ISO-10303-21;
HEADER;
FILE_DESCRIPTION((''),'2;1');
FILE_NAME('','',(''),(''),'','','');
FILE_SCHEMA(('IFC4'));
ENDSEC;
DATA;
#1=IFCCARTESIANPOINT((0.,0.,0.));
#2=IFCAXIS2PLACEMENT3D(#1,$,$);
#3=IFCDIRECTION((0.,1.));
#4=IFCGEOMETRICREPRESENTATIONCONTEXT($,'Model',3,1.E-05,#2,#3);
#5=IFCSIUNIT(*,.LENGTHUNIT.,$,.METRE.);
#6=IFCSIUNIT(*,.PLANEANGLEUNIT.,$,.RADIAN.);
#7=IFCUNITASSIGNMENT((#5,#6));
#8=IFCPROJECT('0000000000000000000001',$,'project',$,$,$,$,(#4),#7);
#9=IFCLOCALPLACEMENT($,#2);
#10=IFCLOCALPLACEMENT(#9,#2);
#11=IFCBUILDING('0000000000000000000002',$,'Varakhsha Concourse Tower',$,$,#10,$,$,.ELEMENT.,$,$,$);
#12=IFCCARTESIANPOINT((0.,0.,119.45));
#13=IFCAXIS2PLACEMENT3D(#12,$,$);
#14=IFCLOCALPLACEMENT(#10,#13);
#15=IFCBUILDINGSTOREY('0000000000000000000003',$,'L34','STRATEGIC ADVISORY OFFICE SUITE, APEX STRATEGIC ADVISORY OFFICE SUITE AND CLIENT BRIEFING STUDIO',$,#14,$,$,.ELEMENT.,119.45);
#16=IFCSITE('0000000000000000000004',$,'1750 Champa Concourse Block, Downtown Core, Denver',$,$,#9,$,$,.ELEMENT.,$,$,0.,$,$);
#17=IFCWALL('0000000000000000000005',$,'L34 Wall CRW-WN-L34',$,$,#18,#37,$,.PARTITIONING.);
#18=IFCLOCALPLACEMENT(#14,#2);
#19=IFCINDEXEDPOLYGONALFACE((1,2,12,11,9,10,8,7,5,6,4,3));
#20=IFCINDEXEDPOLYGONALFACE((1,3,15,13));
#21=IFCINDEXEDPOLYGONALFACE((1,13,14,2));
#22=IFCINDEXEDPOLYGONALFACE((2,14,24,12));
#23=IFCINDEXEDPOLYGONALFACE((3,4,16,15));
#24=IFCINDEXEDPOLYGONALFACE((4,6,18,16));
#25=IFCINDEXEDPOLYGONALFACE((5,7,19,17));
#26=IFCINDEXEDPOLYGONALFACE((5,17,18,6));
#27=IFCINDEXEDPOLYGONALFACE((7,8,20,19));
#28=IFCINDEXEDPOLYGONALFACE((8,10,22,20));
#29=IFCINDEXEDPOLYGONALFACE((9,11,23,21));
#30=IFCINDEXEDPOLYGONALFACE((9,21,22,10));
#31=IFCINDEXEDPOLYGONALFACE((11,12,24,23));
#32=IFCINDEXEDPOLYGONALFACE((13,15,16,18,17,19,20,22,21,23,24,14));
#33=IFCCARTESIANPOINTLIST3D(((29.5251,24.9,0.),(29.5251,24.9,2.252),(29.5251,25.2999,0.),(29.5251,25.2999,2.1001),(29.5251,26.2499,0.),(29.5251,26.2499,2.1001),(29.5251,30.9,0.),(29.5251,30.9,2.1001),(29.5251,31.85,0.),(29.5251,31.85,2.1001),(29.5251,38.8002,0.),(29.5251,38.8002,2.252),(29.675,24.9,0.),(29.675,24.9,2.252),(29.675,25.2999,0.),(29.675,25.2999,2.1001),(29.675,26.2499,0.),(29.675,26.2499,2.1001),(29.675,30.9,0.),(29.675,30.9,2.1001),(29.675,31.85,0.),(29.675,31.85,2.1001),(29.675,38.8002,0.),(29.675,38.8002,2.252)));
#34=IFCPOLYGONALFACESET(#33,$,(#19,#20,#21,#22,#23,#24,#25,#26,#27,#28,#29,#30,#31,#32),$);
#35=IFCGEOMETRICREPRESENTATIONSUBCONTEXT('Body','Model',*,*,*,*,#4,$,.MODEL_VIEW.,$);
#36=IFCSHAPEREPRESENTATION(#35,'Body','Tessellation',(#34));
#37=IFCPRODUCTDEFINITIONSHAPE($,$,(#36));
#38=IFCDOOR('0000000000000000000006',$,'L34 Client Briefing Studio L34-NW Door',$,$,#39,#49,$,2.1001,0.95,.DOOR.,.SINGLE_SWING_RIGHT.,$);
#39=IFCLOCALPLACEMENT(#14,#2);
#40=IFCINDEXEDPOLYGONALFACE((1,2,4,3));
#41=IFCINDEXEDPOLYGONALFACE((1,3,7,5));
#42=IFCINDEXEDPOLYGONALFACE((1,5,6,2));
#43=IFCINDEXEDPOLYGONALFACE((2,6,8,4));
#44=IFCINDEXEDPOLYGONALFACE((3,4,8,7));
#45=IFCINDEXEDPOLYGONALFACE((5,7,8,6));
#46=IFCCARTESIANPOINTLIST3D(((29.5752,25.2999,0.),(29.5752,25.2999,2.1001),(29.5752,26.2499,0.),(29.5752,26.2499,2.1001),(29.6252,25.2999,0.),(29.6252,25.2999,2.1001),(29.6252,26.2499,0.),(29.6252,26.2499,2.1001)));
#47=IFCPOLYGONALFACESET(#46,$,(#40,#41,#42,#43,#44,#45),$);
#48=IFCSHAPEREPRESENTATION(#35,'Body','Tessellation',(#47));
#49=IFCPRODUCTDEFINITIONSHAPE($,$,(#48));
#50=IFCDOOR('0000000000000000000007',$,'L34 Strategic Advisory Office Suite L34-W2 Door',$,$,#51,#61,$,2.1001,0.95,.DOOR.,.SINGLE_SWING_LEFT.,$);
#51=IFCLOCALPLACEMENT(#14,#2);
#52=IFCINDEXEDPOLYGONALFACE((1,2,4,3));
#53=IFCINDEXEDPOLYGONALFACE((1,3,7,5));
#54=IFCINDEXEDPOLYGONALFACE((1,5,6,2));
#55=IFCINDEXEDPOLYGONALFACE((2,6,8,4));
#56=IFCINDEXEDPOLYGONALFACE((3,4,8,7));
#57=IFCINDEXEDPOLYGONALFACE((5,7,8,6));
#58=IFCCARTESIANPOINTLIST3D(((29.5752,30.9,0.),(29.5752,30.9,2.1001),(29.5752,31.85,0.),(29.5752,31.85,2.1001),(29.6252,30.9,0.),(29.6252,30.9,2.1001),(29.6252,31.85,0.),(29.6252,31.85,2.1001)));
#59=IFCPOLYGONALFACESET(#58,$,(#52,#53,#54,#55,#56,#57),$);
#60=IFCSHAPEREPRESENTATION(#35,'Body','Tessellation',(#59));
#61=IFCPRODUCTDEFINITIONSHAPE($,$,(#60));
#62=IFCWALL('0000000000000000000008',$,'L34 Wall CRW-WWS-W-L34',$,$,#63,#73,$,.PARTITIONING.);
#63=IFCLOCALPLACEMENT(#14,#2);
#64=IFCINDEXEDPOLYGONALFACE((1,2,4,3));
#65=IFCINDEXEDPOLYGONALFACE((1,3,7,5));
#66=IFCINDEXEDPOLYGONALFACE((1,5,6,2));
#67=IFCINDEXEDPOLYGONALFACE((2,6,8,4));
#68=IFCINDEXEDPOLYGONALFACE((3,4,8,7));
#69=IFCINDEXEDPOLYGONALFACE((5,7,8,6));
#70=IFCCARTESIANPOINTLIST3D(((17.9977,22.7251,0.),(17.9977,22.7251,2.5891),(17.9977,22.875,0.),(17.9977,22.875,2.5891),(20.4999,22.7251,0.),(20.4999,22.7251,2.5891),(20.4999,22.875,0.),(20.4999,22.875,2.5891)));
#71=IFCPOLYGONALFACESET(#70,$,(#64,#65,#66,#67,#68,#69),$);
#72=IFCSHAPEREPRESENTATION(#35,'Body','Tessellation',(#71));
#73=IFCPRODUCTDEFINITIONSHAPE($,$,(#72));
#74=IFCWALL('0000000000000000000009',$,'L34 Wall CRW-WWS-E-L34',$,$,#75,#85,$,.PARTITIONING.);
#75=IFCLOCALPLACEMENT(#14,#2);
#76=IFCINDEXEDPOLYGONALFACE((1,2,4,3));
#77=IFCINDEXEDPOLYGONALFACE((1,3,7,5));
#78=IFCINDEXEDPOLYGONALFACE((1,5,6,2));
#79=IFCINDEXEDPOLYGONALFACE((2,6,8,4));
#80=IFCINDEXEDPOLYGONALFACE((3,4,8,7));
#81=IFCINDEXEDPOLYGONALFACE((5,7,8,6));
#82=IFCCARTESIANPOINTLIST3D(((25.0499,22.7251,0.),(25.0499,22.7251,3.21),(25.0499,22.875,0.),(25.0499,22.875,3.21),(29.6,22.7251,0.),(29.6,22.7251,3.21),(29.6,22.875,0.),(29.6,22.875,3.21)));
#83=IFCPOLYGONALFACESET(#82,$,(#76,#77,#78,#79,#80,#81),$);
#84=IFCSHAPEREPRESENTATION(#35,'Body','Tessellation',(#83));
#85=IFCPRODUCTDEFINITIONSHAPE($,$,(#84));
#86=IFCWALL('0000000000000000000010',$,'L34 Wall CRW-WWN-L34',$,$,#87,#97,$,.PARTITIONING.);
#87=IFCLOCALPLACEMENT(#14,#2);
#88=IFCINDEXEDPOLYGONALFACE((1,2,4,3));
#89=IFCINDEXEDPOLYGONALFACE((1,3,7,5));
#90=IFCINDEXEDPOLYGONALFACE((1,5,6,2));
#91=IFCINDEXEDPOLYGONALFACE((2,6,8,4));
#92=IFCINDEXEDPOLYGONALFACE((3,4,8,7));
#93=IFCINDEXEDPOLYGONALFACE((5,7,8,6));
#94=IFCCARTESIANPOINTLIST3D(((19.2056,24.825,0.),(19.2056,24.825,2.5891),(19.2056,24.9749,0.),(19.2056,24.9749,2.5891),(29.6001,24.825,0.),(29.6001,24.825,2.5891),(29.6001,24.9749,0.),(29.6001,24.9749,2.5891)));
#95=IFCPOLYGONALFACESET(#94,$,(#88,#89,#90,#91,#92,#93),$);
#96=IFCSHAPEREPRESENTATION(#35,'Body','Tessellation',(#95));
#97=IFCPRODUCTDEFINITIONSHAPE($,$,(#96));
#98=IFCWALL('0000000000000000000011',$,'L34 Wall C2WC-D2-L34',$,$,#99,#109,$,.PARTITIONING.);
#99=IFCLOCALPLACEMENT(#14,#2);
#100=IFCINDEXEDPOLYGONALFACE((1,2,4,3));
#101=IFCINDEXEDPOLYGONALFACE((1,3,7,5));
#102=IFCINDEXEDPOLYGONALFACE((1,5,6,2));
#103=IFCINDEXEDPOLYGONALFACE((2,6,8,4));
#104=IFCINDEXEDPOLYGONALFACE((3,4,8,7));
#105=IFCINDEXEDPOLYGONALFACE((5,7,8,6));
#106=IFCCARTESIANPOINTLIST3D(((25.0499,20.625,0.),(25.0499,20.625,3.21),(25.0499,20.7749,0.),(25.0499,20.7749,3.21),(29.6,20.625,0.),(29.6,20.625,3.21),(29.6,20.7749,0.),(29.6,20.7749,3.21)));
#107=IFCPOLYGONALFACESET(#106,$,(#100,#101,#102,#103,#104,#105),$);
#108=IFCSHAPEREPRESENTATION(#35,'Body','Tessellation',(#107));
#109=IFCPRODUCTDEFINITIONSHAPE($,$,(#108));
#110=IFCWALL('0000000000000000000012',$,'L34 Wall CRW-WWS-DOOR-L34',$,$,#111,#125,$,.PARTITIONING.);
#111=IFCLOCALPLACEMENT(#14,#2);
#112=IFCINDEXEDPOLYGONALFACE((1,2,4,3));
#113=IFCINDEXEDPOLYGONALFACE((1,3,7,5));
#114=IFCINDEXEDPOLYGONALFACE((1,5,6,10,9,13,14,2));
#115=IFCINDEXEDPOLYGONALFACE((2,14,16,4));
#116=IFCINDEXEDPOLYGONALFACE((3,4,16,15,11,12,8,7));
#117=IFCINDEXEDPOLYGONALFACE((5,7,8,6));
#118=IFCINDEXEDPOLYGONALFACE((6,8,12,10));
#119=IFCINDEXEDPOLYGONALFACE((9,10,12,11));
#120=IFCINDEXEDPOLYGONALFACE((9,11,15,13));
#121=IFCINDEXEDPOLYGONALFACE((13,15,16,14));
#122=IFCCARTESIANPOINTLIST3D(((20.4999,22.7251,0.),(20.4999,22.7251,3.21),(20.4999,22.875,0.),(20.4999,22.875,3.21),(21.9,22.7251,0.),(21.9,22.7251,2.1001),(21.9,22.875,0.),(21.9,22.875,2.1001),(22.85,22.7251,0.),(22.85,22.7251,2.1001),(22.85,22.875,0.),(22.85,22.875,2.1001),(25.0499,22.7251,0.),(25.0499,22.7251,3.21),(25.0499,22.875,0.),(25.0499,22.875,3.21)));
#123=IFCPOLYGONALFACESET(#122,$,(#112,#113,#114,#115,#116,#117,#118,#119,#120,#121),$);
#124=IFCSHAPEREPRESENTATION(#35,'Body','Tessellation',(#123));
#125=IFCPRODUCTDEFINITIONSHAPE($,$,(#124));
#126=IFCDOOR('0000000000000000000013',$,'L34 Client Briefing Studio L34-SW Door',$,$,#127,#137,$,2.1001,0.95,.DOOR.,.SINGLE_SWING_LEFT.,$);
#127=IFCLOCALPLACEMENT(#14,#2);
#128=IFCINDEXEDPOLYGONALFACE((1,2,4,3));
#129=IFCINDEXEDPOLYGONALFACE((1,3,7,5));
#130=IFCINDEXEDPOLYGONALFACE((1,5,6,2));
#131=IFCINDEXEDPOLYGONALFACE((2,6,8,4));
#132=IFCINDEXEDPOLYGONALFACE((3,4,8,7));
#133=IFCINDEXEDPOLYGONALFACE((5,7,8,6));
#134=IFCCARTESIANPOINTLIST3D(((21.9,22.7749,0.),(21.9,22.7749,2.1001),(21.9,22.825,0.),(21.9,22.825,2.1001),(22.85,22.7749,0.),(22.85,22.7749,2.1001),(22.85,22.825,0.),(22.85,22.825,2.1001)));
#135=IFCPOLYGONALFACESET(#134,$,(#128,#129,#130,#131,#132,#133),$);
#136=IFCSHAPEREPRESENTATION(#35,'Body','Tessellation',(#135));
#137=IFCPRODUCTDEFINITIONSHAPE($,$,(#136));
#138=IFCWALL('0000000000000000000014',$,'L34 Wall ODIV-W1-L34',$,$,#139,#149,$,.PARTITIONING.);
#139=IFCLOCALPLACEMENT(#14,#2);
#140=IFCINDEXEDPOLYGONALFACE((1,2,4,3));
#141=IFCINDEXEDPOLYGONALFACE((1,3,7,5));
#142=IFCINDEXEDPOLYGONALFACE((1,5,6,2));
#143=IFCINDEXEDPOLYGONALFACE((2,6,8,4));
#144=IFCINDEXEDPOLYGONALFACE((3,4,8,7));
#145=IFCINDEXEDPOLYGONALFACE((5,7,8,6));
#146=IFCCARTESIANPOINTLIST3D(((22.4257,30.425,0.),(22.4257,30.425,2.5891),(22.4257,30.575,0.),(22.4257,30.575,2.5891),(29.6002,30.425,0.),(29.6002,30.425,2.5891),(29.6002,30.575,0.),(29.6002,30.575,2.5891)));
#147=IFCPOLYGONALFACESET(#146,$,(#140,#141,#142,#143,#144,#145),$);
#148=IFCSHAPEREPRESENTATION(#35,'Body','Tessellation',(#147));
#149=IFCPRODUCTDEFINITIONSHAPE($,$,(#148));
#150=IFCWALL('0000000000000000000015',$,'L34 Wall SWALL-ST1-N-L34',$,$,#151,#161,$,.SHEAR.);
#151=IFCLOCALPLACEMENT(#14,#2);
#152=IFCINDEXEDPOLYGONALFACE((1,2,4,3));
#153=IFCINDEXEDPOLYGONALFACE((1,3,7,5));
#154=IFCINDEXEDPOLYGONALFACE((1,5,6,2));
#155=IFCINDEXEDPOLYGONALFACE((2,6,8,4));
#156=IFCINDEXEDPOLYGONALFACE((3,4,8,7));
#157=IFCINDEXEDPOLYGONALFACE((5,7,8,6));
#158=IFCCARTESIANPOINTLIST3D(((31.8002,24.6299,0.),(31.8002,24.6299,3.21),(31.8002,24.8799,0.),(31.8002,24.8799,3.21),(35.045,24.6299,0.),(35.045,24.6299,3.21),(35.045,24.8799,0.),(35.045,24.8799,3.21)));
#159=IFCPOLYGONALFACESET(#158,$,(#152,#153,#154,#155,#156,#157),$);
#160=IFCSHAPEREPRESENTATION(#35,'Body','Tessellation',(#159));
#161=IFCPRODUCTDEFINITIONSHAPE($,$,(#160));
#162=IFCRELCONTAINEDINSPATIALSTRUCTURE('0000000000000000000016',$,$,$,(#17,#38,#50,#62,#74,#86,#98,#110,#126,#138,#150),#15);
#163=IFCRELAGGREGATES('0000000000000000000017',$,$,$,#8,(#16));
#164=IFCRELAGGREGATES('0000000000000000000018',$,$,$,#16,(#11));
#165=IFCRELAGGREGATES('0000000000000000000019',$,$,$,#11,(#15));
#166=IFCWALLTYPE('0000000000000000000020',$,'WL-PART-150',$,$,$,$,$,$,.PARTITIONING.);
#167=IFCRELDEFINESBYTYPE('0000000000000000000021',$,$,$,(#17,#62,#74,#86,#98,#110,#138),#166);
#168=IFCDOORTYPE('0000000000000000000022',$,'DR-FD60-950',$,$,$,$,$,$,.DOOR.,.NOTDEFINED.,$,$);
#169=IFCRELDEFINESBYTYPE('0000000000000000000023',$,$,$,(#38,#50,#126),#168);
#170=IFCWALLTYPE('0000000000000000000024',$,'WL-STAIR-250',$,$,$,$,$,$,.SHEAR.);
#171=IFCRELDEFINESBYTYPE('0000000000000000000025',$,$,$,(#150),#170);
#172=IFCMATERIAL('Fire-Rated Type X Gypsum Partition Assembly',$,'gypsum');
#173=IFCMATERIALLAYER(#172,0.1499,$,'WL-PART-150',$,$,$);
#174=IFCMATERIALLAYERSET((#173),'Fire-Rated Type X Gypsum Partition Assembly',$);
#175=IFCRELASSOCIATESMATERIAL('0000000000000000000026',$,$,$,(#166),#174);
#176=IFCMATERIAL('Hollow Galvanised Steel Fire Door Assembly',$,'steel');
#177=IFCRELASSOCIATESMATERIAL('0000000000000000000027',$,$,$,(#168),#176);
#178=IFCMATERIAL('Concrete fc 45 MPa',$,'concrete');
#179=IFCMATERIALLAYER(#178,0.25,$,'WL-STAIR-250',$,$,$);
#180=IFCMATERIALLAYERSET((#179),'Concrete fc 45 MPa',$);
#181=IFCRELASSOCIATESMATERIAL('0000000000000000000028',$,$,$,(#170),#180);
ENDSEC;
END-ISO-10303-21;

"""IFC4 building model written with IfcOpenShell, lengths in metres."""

from ifc_helpers import new_model, si_unit, direction, frame, frame_2d, origin, place, context, subcontext, project, spatial, rectangle, extrude, material, layer, layer_set, type_object, element, fill, save


model = new_model("IFC4")

# Units and contexts
model_context = context("Model", 3, precision=1e-05, world=origin(), true_north=direction((0.0, 1.0)))
body_context = subcontext(model_context, "Body", "Model", "MODEL_VIEW")
ifc_project = project(units=[si_unit("LENGTHUNIT", "METRE"), si_unit("PLANEANGLEUNIT", "RADIAN")], contexts=[model_context])

# Site, building, storey
site_placement = place(None, origin())
site = spatial("IfcSite", under=ifc_project, at=site_placement, Name="1750 Champa Concourse Block, Downtown Core, Denver", CompositionType="ELEMENT", RefElevation=0.0)
building_placement = place(site_placement, origin())
building = spatial("IfcBuilding", under=site, at=building_placement, Name="Varakhsha Concourse Tower", CompositionType="ELEMENT")
storey_placement = place(building_placement, frame((0.0, 0.0, 119.45)))
storey = spatial("IfcBuildingStorey", under=building, at=storey_placement, Name="L34", Description="STRATEGIC ADVISORY OFFICE SUITE, APEX STRATEGIC ADVISORY OFFICE SUITE AND CLIENT BRIEFING STUDIO", CompositionType="ELEMENT", Elevation=119.45)

# Wall, openings, doors
ifc_material_1 = material(Name="Fire-Rated Type X Gypsum Partition Assembly", Category="gypsum")
ifc_layer_1 = layer(ifc_material_1, 0.1499, Name="WL-PART-150")
ifc_layer_set_1 = layer_set([ifc_layer_1], Name="Fire-Rated Type X Gypsum Partition Assembly")
wall_type_1 = type_object("IfcWallType", Name="WL-PART-150", PredefinedType="PARTITIONING", material=ifc_layer_set_1)
wall_1_placement = place(storey_placement, frame((29.6001, 24.8999, 0.0), z_axis=(0.0, 0.0, 1.0), x_axis=(0.0, 1.0, 0.0)))
wall_1 = element("IfcWall", 1, at=wall_1_placement, inside=storey, type_object=wall_type_1, Name="L34 Wall CRW-WN-L34", PredefinedType="PARTITIONING", context=body_context, shape_type="SweptSolid", body=[
    extrude(rectangle(XDim=13.9001, YDim=0.1499, at=frame_2d((6.9502, 0.0))), origin(), (0.0, 0.0, 1.0), 2.252),
])
opening_1_placement = place(wall_1_placement, frame((0.3999, 0.0, 0.0)))
opening_1 = element("IfcOpeningElement", 2, at=opening_1_placement, cuts=wall_1, PredefinedType="OPENING", context=body_context, shape_type="SweptSolid", body=[
    extrude(rectangle(XDim=0.95, YDim=2.1001, at=frame_2d((0.4751, 1.05))), frame((0.0, 0.085, 0.0), z_axis=(0.0, -1.0, 0.0), x_axis=(1.0, 0.0, 0.0)), (0.0, 0.0, 1.0), 0.1699),
])
opening_2_placement = place(wall_1_placement, frame((6.0, 0.0, 0.0)))
opening_2 = element("IfcOpeningElement", 3, at=opening_2_placement, cuts=wall_1, PredefinedType="OPENING", context=body_context, shape_type="SweptSolid", body=[
    extrude(rectangle(XDim=0.95, YDim=2.1001, at=frame_2d((0.4751, 1.05))), frame((0.0, 0.085, 0.0), z_axis=(0.0, -1.0, 0.0), x_axis=(1.0, 0.0, 0.0)), (0.0, 0.0, 1.0), 0.1699),
])
ifc_material_2 = material(Name="Hollow Galvanised Steel Fire Door Assembly", Category="steel")
door_type = type_object("IfcDoorType", Name="DR-FD60-950", OperationType="NOTDEFINED", PredefinedType="DOOR", material=ifc_material_2)
door_1_placement = place(opening_1_placement, origin())
door_1 = element("IfcDoor", 4, at=door_1_placement, inside=storey, type_object=door_type, Name="L34 Client Briefing Studio L34-NW Door", OperationType="SINGLE_SWING_RIGHT", OverallHeight=2.1001, OverallWidth=0.95, PredefinedType="DOOR", context=body_context, shape_type="SweptSolid", body=[
    extrude(rectangle(XDim=0.95, YDim=2.1001, at=frame_2d((0.4751, 1.05))), frame((0.0, 0.0249, 0.0), z_axis=(0.0, -1.0, 0.0), x_axis=(1.0, 0.0, 0.0)), (0.0, 0.0, 1.0), 0.05),
])
fill(opening_1, door_1)
door_2_placement = place(opening_2_placement, origin())
door_2 = element("IfcDoor", 5, at=door_2_placement, inside=storey, type_object=door_type, Name="L34 Strategic Advisory Office Suite L34-W2 Door", OperationType="SINGLE_SWING_LEFT", OverallHeight=2.1001, OverallWidth=0.95, PredefinedType="DOOR", context=body_context, shape_type="SweptSolid", body=[
    extrude(rectangle(XDim=0.95, YDim=2.1001, at=frame_2d((0.4751, 1.05))), frame((0.0, 0.0249, 0.0), z_axis=(0.0, -1.0, 0.0), x_axis=(1.0, 0.0, 0.0)), (0.0, 0.0, 1.0), 0.05),
])
fill(opening_2, door_2)

# Walls
wall_2_placement = place(storey_placement, frame((17.9978, 22.8, 0.0), z_axis=(0.0, 0.0, 1.0), x_axis=(1.0, 0.0, 0.0)))
element("IfcWall", 6, at=wall_2_placement, inside=storey, type_object=wall_type_1, Name="L34 Wall CRW-WWS-W-L34", PredefinedType="PARTITIONING", context=body_context, shape_type="SweptSolid", body=[
    extrude(rectangle(XDim=2.5022, YDim=0.1499, at=frame_2d((1.251, 0.0))), origin(), (0.0, 0.0, 1.0), 2.5891),
])
wall_3_placement = place(storey_placement, frame((25.05, 22.8, 0.0), z_axis=(0.0, 0.0, 1.0), x_axis=(1.0, 0.0, 0.0)))
element("IfcWall", 7, at=wall_3_placement, inside=storey, type_object=wall_type_1, Name="L34 Wall CRW-WWS-E-L34", PredefinedType="PARTITIONING", context=body_context, shape_type="SweptSolid", body=[
    extrude(rectangle(XDim=4.55, YDim=0.1499, at=frame_2d((2.2749, 0.0))), origin(), (0.0, 0.0, 1.0), 3.21),
])
wall_4_placement = place(storey_placement, frame((19.2056, 24.8999, 0.0), z_axis=(0.0, 0.0, 1.0), x_axis=(1.0, 0.0, 0.0)))
element("IfcWall", 8, at=wall_4_placement, inside=storey, type_object=wall_type_1, Name="L34 Wall CRW-WWN-L34", PredefinedType="PARTITIONING", context=body_context, shape_type="SweptSolid", body=[
    extrude(rectangle(XDim=10.3945, YDim=0.1499, at=frame_2d((5.1973, 0.0))), origin(), (0.0, 0.0, 1.0), 2.5891),
])
wall_5_placement = place(storey_placement, frame((25.05, 20.7, 0.0), z_axis=(0.0, 0.0, 1.0), x_axis=(1.0, 0.0, 0.0)))
element("IfcWall", 9, at=wall_5_placement, inside=storey, type_object=wall_type_1, Name="L34 Wall C2WC-D2-L34", PredefinedType="PARTITIONING", context=body_context, shape_type="SweptSolid", body=[
    extrude(rectangle(XDim=4.55, YDim=0.1499, at=frame_2d((2.2749, 0.0))), origin(), (0.0, 0.0, 1.0), 3.21),
])

# Wall, opening, door
wall_6_placement = place(storey_placement, frame((20.5, 22.8, 0.0), z_axis=(0.0, 0.0, 1.0), x_axis=(1.0, 0.0, 0.0)))
wall_6 = element("IfcWall", 10, at=wall_6_placement, inside=storey, type_object=wall_type_1, Name="L34 Wall CRW-WWS-DOOR-L34", PredefinedType="PARTITIONING", context=body_context, shape_type="SweptSolid", body=[
    extrude(rectangle(XDim=4.55, YDim=0.1499, at=frame_2d((2.2749, 0.0))), origin(), (0.0, 0.0, 1.0), 3.21),
])
opening_3_placement = place(wall_6_placement, frame((1.3999, 0.0, 0.0)))
opening_3 = element("IfcOpeningElement", 11, at=opening_3_placement, cuts=wall_6, PredefinedType="OPENING", context=body_context, shape_type="SweptSolid", body=[
    extrude(rectangle(XDim=0.95, YDim=2.1001, at=frame_2d((0.4751, 1.05))), frame((0.0, 0.085, 0.0), z_axis=(0.0, -1.0, 0.0), x_axis=(1.0, 0.0, 0.0)), (0.0, 0.0, 1.0), 0.1699),
])
door_3_placement = place(opening_3_placement, origin())
door_3 = element("IfcDoor", 12, at=door_3_placement, inside=storey, type_object=door_type, Name="L34 Client Briefing Studio L34-SW Door", OperationType="SINGLE_SWING_LEFT", OverallHeight=2.1001, OverallWidth=0.95, PredefinedType="DOOR", context=body_context, shape_type="SweptSolid", body=[
    extrude(rectangle(XDim=0.95, YDim=2.1001, at=frame_2d((0.4751, 1.05))), frame((0.0, 0.0249, 0.0), z_axis=(0.0, -1.0, 0.0), x_axis=(1.0, 0.0, 0.0)), (0.0, 0.0, 1.0), 0.05),
])
fill(opening_3, door_3)

# Walls
wall_7_placement = place(storey_placement, frame((22.4255, 30.5, 0.0), z_axis=(0.0, 0.0, 1.0), x_axis=(1.0, 0.0, 0.0)))
element("IfcWall", 13, at=wall_7_placement, inside=storey, type_object=wall_type_1, Name="L34 Wall ODIV-W1-L34", PredefinedType="PARTITIONING", context=body_context, shape_type="SweptSolid", body=[
    extrude(rectangle(XDim=7.1746, YDim=0.1499, at=frame_2d((3.5874, 0.0))), origin(), (0.0, 0.0, 1.0), 2.5891),
])
ifc_material_3 = material(Name="Concrete fc 45 MPa", Category="concrete")
ifc_layer_2 = layer(ifc_material_3, 0.25, Name="WL-STAIR-250")
ifc_layer_set_2 = layer_set([ifc_layer_2], Name="Concrete fc 45 MPa")
wall_type_2 = type_object("IfcWallType", Name="WL-STAIR-250", PredefinedType="SHEAR", material=ifc_layer_set_2)
wall_8_placement = place(storey_placement, frame((31.8, 24.7549, 0.0), z_axis=(0.0, 0.0, 1.0), x_axis=(1.0, 0.0, 0.0)))
element("IfcWall", 14, at=wall_8_placement, inside=storey, type_object=wall_type_2, Name="L34 Wall SWALL-ST1-N-L34", PredefinedType="SHEAR", context=body_context, shape_type="SweptSolid", body=[
    extrude(rectangle(XDim=3.2449, YDim=0.25, at=frame_2d((1.6226, 0.0))), origin(), (0.0, 0.0, 1.0), 3.21),
])

save(model, "model.ifc")
